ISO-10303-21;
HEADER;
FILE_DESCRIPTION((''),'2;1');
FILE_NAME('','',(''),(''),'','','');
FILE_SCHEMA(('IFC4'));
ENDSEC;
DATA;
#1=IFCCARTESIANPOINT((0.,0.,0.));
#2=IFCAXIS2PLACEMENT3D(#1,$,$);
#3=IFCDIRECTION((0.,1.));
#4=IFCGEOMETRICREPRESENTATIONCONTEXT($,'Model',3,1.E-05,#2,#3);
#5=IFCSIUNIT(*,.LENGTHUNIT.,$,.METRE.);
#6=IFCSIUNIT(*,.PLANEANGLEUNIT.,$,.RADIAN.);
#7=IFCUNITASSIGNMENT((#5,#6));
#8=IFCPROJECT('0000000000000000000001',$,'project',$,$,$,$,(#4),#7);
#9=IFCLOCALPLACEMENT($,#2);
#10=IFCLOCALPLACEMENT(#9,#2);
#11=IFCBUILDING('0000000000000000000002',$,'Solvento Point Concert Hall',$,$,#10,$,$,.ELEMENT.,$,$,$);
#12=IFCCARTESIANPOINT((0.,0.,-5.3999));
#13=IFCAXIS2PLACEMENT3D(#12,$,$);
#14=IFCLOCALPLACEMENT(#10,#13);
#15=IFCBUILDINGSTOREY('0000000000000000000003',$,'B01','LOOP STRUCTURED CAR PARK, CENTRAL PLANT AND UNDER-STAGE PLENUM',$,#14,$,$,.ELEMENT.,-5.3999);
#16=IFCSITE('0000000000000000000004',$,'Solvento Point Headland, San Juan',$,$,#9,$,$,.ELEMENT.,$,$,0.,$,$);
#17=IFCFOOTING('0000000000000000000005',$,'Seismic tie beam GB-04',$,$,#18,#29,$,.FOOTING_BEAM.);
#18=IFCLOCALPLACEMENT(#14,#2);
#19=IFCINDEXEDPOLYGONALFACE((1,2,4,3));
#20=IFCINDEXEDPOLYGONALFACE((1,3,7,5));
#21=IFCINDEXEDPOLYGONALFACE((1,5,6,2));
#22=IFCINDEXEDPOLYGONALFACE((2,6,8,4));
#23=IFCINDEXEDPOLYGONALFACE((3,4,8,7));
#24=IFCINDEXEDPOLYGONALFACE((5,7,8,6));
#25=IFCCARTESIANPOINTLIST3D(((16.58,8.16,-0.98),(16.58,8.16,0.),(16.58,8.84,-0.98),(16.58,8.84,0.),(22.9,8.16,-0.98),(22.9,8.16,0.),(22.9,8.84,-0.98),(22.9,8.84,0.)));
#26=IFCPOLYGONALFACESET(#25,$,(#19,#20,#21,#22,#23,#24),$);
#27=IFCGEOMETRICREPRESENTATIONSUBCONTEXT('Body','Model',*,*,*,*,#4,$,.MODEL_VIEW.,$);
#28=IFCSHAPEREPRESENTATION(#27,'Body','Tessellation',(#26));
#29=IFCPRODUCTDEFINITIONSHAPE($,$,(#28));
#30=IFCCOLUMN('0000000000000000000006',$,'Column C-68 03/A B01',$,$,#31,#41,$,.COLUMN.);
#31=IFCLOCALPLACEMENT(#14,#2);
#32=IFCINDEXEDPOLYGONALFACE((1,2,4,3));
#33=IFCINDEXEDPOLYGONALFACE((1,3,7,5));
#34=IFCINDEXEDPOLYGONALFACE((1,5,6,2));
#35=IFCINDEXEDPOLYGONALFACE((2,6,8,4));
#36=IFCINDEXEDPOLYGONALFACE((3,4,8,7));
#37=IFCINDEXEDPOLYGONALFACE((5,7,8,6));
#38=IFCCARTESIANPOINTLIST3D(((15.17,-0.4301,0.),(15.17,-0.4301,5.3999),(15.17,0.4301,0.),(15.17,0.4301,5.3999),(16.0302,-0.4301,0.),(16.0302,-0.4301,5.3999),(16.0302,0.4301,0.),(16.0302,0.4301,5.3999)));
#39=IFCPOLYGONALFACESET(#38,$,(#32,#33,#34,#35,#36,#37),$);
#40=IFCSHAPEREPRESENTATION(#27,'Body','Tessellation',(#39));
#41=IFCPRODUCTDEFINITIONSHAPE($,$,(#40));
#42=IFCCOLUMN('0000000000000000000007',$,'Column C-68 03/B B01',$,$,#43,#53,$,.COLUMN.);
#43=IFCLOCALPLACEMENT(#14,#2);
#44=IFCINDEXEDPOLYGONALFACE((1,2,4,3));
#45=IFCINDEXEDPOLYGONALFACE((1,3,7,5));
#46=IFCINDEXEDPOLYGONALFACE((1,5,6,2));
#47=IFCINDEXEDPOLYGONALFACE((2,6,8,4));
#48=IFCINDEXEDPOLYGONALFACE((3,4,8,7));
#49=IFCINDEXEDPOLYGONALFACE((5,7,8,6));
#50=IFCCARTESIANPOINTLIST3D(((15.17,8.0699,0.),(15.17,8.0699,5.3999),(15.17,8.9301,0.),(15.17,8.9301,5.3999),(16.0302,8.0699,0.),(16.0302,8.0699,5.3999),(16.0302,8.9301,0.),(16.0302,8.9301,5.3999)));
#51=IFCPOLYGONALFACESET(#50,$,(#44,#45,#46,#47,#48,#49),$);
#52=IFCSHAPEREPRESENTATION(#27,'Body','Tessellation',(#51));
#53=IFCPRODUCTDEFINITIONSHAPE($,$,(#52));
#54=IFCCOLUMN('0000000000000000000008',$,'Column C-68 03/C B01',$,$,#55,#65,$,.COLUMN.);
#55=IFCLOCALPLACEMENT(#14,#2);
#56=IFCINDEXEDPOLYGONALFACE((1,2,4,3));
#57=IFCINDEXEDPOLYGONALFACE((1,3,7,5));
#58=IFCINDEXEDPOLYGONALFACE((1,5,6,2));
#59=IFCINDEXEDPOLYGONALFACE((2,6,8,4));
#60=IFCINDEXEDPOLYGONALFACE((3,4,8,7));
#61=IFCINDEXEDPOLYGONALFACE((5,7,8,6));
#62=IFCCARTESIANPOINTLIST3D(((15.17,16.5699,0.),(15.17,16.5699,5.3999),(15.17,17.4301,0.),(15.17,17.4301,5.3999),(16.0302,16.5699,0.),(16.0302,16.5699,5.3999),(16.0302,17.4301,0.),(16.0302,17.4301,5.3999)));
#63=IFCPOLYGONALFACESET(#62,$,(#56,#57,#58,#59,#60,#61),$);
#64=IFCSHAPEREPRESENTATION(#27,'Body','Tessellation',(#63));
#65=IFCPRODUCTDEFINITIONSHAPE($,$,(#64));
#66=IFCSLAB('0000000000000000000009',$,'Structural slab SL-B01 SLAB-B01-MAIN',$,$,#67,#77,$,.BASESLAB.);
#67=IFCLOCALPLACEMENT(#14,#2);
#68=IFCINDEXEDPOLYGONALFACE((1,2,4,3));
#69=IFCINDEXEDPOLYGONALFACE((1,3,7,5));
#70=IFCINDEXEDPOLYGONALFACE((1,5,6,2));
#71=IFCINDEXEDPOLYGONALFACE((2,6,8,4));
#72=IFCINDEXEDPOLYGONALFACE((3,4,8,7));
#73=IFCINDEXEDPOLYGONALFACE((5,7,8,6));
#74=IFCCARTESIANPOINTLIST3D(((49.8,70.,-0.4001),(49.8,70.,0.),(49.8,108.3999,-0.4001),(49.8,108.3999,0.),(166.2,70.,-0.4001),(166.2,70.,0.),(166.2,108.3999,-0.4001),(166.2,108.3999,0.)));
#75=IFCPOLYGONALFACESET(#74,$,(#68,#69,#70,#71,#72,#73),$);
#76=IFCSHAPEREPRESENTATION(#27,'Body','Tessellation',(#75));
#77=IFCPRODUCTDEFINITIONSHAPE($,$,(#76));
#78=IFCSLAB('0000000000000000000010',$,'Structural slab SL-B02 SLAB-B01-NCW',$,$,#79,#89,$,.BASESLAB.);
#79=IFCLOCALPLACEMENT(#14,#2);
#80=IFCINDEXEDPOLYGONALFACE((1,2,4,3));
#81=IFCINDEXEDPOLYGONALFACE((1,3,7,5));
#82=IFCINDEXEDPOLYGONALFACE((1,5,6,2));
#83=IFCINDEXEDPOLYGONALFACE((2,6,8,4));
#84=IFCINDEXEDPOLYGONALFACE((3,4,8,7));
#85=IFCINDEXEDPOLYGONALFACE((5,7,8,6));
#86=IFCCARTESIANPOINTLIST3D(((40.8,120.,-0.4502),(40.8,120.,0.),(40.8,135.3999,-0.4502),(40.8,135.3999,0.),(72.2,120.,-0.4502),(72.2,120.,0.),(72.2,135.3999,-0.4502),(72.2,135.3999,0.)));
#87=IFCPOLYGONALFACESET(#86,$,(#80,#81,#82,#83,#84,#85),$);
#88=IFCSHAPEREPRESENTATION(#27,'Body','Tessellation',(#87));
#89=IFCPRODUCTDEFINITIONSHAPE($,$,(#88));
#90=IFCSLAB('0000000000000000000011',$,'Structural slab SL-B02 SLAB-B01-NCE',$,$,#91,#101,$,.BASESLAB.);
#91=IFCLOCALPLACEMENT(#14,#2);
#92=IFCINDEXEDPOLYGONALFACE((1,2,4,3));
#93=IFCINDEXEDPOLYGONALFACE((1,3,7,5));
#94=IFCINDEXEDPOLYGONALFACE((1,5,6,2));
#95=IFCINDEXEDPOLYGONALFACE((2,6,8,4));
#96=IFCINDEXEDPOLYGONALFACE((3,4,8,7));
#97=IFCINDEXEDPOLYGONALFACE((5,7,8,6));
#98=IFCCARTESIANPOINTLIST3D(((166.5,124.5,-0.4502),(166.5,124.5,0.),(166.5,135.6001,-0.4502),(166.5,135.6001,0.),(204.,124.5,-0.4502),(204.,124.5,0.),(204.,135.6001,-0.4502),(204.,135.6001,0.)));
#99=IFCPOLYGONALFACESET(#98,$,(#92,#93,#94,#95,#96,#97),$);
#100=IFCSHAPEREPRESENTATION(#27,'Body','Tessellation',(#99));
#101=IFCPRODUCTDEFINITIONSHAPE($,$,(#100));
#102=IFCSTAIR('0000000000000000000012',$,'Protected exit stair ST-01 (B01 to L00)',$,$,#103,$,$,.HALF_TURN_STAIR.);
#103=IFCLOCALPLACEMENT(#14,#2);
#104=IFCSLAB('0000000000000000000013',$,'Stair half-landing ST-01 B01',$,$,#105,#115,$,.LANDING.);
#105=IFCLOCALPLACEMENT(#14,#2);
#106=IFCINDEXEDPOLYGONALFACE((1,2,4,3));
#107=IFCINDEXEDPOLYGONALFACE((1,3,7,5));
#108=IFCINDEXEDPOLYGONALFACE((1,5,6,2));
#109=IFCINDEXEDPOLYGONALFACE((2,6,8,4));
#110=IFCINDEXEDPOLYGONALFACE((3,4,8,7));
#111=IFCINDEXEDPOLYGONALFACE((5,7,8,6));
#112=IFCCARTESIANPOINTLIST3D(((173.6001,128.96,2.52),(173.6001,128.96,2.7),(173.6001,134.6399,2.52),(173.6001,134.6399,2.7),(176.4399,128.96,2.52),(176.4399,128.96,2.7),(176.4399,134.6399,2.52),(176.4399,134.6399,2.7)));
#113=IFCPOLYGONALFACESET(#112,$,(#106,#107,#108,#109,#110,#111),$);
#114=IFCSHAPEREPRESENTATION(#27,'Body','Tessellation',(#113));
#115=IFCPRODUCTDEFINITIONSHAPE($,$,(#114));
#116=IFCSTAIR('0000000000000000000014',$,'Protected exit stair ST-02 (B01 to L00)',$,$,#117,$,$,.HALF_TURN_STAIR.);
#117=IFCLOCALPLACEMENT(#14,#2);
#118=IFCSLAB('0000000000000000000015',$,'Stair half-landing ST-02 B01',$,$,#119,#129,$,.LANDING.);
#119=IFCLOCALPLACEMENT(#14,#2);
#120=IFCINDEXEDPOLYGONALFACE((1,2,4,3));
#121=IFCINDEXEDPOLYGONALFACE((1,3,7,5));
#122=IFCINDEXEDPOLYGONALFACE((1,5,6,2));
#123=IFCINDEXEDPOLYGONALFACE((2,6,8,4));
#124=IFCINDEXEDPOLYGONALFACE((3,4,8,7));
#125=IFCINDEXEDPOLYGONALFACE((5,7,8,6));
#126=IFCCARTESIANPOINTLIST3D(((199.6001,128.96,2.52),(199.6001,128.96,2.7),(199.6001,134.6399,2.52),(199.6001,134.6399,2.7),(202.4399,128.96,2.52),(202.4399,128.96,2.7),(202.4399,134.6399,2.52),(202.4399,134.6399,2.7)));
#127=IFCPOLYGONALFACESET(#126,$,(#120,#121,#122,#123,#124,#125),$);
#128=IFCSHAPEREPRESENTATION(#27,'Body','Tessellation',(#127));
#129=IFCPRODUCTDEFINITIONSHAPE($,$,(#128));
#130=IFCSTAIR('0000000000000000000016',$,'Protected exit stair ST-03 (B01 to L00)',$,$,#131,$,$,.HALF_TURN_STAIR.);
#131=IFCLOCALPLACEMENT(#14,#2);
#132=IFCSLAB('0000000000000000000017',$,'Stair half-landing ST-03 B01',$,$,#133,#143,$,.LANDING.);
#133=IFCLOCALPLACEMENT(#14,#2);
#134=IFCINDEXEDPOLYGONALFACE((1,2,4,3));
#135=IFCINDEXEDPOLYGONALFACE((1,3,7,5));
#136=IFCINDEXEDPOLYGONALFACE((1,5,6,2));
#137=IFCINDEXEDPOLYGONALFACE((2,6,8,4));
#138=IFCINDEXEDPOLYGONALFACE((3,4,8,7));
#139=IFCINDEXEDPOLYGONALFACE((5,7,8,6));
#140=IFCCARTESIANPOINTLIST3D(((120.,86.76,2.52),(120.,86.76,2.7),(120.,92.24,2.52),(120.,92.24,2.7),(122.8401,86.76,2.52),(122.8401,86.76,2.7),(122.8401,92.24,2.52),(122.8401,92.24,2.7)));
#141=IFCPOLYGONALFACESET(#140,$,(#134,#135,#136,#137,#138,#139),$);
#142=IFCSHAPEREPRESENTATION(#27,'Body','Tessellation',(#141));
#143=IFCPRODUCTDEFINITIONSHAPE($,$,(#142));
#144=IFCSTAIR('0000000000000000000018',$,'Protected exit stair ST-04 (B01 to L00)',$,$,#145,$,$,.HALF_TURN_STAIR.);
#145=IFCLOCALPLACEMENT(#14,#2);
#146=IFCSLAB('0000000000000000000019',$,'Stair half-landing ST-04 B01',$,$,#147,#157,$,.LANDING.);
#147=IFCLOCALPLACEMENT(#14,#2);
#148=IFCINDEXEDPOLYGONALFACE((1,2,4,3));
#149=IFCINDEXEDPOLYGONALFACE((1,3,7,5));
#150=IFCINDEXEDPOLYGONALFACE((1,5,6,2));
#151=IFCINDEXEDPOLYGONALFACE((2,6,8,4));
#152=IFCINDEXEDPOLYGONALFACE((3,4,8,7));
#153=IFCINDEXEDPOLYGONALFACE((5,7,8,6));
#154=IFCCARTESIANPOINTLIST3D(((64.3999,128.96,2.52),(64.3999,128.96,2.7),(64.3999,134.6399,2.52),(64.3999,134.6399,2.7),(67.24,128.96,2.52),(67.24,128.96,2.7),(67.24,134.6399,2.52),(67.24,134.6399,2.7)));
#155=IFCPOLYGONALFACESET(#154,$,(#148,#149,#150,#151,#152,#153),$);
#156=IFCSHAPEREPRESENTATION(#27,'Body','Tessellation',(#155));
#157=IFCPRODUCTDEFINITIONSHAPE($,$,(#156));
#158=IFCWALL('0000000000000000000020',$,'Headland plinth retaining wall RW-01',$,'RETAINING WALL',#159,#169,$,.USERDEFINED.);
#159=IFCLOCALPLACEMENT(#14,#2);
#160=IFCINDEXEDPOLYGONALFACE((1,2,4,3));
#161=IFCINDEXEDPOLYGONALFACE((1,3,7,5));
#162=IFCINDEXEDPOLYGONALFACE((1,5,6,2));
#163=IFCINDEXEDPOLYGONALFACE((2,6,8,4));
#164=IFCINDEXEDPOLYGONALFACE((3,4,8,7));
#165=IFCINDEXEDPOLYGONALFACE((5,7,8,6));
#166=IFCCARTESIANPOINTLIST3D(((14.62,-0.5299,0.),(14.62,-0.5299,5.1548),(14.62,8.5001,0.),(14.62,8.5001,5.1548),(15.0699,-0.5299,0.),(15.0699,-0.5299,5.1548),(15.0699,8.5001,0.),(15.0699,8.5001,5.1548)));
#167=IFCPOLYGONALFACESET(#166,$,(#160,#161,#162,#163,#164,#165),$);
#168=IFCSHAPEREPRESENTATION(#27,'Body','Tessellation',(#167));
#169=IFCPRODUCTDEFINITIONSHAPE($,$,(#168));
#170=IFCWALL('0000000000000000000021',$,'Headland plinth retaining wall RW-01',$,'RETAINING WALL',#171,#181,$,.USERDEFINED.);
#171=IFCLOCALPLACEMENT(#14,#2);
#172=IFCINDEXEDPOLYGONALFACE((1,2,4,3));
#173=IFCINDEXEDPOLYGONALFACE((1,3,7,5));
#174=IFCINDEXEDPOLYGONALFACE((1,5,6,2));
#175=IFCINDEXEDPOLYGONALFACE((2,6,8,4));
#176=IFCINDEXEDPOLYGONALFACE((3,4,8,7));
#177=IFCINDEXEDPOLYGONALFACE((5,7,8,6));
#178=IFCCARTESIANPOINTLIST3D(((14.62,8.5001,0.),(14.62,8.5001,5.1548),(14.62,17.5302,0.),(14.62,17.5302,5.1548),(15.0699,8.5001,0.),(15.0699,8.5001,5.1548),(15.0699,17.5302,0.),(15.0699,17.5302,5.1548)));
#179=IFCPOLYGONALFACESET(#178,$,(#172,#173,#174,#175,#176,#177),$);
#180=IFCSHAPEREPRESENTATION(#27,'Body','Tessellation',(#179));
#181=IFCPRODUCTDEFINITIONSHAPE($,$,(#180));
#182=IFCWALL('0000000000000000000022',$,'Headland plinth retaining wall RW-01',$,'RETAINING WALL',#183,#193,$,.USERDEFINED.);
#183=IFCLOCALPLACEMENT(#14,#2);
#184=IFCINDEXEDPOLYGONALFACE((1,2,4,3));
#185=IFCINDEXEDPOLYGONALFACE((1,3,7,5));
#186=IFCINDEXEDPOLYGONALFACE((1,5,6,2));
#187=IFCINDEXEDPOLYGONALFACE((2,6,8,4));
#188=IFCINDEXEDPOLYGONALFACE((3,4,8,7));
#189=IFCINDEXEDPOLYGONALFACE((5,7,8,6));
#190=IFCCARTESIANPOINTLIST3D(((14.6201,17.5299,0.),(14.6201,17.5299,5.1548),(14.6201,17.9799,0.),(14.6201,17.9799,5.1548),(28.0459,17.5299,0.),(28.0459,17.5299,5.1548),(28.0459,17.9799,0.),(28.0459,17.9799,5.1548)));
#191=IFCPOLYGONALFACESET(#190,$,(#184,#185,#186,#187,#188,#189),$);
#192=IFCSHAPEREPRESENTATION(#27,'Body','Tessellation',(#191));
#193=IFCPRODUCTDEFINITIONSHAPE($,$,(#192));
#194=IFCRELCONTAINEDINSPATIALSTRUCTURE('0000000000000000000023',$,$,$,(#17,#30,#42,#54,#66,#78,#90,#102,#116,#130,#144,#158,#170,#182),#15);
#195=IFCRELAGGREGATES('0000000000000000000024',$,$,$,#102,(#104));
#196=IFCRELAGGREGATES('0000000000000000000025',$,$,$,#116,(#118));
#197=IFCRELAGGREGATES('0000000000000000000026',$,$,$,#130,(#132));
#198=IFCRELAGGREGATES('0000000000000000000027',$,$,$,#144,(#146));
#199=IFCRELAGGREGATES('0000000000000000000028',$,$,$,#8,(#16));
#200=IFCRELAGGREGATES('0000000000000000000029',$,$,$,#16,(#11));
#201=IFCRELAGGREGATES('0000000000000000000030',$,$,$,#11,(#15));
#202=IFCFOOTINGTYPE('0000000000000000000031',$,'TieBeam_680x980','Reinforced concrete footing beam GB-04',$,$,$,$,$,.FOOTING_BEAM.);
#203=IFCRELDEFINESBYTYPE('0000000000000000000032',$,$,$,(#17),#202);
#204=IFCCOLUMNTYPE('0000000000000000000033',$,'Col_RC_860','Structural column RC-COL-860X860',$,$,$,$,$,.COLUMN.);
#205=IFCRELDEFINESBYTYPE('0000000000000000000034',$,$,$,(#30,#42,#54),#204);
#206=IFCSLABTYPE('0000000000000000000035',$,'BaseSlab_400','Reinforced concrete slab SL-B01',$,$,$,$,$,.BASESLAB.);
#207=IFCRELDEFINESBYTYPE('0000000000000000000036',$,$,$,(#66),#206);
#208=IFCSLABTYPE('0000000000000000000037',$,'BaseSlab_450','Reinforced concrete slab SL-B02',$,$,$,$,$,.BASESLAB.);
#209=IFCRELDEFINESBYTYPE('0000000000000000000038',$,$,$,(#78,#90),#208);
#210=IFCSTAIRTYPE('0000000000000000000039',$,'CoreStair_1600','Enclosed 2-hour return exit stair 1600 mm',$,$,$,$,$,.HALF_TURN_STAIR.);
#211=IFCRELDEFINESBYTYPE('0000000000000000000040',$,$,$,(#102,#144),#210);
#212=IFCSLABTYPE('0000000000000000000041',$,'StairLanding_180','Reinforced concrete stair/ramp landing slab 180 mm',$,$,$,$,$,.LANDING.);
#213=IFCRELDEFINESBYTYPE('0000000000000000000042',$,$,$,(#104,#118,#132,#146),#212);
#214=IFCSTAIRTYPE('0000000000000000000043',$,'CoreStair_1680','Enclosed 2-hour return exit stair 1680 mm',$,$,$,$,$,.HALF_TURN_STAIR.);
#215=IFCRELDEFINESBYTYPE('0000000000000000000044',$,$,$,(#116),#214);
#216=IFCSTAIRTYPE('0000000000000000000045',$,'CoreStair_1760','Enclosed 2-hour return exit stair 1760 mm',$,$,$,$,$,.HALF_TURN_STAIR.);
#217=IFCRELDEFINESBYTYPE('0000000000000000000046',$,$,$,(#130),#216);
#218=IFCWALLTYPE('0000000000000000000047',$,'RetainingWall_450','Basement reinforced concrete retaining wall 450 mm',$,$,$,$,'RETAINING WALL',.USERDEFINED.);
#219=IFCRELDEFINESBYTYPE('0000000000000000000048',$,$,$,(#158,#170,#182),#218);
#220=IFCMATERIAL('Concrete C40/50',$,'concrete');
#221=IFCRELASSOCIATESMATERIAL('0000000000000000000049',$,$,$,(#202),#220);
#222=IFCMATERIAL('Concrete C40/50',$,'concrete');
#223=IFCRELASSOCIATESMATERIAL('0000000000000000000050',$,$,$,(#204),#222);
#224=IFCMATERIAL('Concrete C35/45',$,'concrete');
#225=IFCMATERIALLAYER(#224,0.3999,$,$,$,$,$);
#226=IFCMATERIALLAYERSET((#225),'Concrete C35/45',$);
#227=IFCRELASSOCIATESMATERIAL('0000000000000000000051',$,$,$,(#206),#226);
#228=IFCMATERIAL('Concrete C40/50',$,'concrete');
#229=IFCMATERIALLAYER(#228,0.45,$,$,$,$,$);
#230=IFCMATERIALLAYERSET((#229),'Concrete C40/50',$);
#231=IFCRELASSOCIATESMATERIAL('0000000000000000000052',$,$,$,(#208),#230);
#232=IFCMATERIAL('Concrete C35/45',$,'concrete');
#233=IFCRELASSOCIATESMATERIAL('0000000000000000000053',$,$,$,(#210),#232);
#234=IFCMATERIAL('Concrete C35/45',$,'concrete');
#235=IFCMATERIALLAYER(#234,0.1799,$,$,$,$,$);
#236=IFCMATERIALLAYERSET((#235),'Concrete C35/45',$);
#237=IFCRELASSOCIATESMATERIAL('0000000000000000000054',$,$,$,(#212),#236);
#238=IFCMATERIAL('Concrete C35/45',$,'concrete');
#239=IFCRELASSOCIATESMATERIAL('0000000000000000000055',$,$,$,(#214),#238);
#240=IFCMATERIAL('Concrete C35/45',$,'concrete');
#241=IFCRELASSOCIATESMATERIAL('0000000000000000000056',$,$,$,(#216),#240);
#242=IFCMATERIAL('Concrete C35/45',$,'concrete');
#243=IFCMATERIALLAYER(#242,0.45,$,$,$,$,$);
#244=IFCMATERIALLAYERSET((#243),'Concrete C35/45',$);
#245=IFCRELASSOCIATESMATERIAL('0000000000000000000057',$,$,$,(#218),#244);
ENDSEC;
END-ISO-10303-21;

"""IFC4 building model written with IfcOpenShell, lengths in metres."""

from ifc_helpers import new_model, si_unit, direction, frame, frame_2d, origin, origin_2d, place, context, subcontext, project, spatial, polyline, rectangle, outline, extrude, material, layer, layer_set, material_profile, profile_set, type_object, element, aggregate, save


model = new_model("IFC4")

# Units and contexts
model_context = context("Model", 3, precision=1e-05, world=origin(), true_north=direction((0.0, 1.0)))
body_context = subcontext(model_context, "Body", "Model", "MODEL_VIEW")
ifc_project = project(units=[si_unit("LENGTHUNIT", "METRE"), si_unit("PLANEANGLEUNIT", "RADIAN")], contexts=[model_context])

# Site, building, storey
site_placement = place(None, origin())
site = spatial("IfcSite", under=ifc_project, at=site_placement, Name="Solvento Point Headland, San Juan", CompositionType="ELEMENT", RefElevation=0.0)
building_placement = place(site_placement, origin())
building = spatial("IfcBuilding", under=site, at=building_placement, Name="Solvento Point Concert Hall", CompositionType="ELEMENT")
storey_placement = place(building_placement, frame((0.0, 0.0, -5.3999)))
storey = spatial("IfcBuildingStorey", under=building, at=storey_placement, Name="B01", Description="LOOP STRUCTURED CAR PARK, CENTRAL PLANT AND UNDER-STAGE PLENUM", CompositionType="ELEMENT", Elevation=-5.3999)

# Footing
ifc_material_1 = material(Name="Concrete C40/50", Category="concrete")
footing_type_1 = type_object("IfcFootingType", Name="TieBeam_680x980", Description="Reinforced concrete footing beam GB-04", PredefinedType="FOOTING_BEAM", material=ifc_material_1)
footing_1_placement = place(storey_placement, frame((19.74, 8.5, -0.98), z_axis=(0.0, 0.0, 1.0), x_axis=(1.0, 0.0, 0.0)))
element("IfcFooting", 1, at=footing_1_placement, inside=storey, type_object=footing_type_1, Name="Seismic tie beam GB-04", PredefinedType="FOOTING_BEAM", context=body_context, shape_type="SweptSolid", body=[
    extrude(rectangle(XDim=6.3201, YDim=0.6799, at=origin_2d()), origin(), (0.0, 0.0, 1.0), 0.98),
])

# Columns
ifc_material_2 = material(Name="Concrete C40/50", Category="concrete")
ifc_material_profile_1 = material_profile(ifc_material_2, rectangle(XDim=0.8601, YDim=0.8601, at=origin_2d()), Name="RC-COL-860X860")
ifc_profile_set_1 = profile_set([ifc_material_profile_1], Name="Concrete C40/50")
column_type = type_object("IfcColumnType", Name="Col_RC_860", Description="Structural column RC-COL-860X860", PredefinedType="COLUMN", material=ifc_profile_set_1)
for number, where, z_axis, x_axis, name in (
    (2, (15.6001, 0.0, 0.0), (0.0, 0.0, 1.0), (1.0, 0.0, 0.0), "Column C-68 03/A B01"),
    (3, (15.6001, 8.5, 0.0), (0.0, 0.0, 1.0), (1.0, 0.0, 0.0), "Column C-68 03/B B01"),
    (4, (15.6001, 17.0, 0.0), (0.0, 0.0, 1.0), (1.0, 0.0, 0.0), "Column C-68 03/C B01"),
):
    element("IfcColumn", number, at=place(storey_placement, frame(where, z_axis=z_axis, x_axis=x_axis)), inside=storey, type_object=column_type, Name=name, PredefinedType="COLUMN", context=body_context, shape_type="SweptSolid", body=[
        extrude(rectangle(XDim=0.8601, YDim=0.8601, at=origin_2d()), origin(), (0.0, 0.0, 1.0), 5.3999),
    ])

# Slabs
ifc_material_3 = material(Name="Concrete C35/45", Category="concrete")
ifc_layer_1 = layer(ifc_material_3, 0.3999)
ifc_layer_set_1 = layer_set([ifc_layer_1], Name="Concrete C35/45")
slab_type_1 = type_object("IfcSlabType", Name="BaseSlab_400", Description="Reinforced concrete slab SL-B01", PredefinedType="BASESLAB", material=ifc_layer_set_1)
slab_1_placement = place(storey_placement, frame((0.0, 0.0, -0.4001)))
element("IfcSlab", 5, at=slab_1_placement, inside=storey, type_object=slab_type_1, Name="Structural slab SL-B01 SLAB-B01-MAIN", PredefinedType="BASESLAB", context=body_context, shape_type="SweptSolid", body=[
    extrude(outline(polyline([(49.8, 70.0), (49.8, 108.3999), (166.2, 108.3999), (166.2, 70.0), (49.8, 70.0)])), origin(), (0.0, 0.0, 1.0), 0.4001),
])
ifc_material_4 = material(Name="Concrete C40/50", Category="concrete")
ifc_layer_2 = layer(ifc_material_4, 0.45)
ifc_layer_set_2 = layer_set([ifc_layer_2], Name="Concrete C40/50")
slab_type_2 = type_object("IfcSlabType", Name="BaseSlab_450", Description="Reinforced concrete slab SL-B02", PredefinedType="BASESLAB", material=ifc_layer_set_2)
slab_2_placement = place(storey_placement, frame((0.0, 0.0, -0.4502)))
element("IfcSlab", 6, at=slab_2_placement, inside=storey, type_object=slab_type_2, Name="Structural slab SL-B02 SLAB-B01-NCW", PredefinedType="BASESLAB", context=body_context, shape_type="SweptSolid", body=[
    extrude(outline(polyline([(40.8, 120.0), (40.8, 135.3999), (72.2, 135.3999), (72.2, 120.0), (40.8, 120.0)])), origin(), (0.0, 0.0, 1.0), 0.4502),
])
slab_3_placement = place(storey_placement, frame((0.0, 0.0, -0.4502)))
element("IfcSlab", 7, at=slab_3_placement, inside=storey, type_object=slab_type_2, Name="Structural slab SL-B02 SLAB-B01-NCE", PredefinedType="BASESLAB", context=body_context, shape_type="SweptSolid", body=[
    extrude(outline(polyline([(166.5, 124.5), (166.5, 135.6001), (204.0, 135.6001), (204.0, 124.5), (166.5, 124.5)])), origin(), (0.0, 0.0, 1.0), 0.4502),
])

# Stairs, slabs
ifc_material_5 = material(Name="Concrete C35/45", Category="concrete")
stair_type_1 = type_object("IfcStairType", Name="CoreStair_1600", Description="Enclosed 2-hour return exit stair 1600 mm", PredefinedType="HALF_TURN_STAIR", material=ifc_material_5)
stair_1_placement = place(storey_placement, origin())
stair_1 = element("IfcStair", 8, at=stair_1_placement, inside=storey, type_object=stair_type_1, Name="Protected exit stair ST-01 (B01 to L00)", PredefinedType="HALF_TURN_STAIR")
ifc_material_6 = material(Name="Concrete C35/45", Category="concrete")
ifc_layer_3 = layer(ifc_material_6, 0.1799)
ifc_layer_set_3 = layer_set([ifc_layer_3], Name="Concrete C35/45")
slab_type_3 = type_object("IfcSlabType", Name="StairLanding_180", Description="Reinforced concrete stair/ramp landing slab 180 mm", PredefinedType="LANDING", material=ifc_layer_set_3)
slab_4_placement = place(storey_placement, frame((0.0, 0.0, 2.52)))
slab_4 = element("IfcSlab", 9, at=slab_4_placement, type_object=slab_type_3, Name="Stair half-landing ST-01 B01", PredefinedType="LANDING", context=body_context, shape_type="SweptSolid", body=[
    extrude(outline(polyline([(173.6001, 128.96), (176.4399, 128.96), (176.4399, 134.6399), (173.6001, 134.6399), (173.6001, 128.96)])), origin(), (0.0, 0.0, 1.0), 0.1799),
])
aggregate(stair_1, [slab_4])
ifc_material_7 = material(Name="Concrete C35/45", Category="concrete")
stair_type_2 = type_object("IfcStairType", Name="CoreStair_1680", Description="Enclosed 2-hour return exit stair 1680 mm", PredefinedType="HALF_TURN_STAIR", material=ifc_material_7)
stair_2_placement = place(storey_placement, origin())
stair_2 = element("IfcStair", 10, at=stair_2_placement, inside=storey, type_object=stair_type_2, Name="Protected exit stair ST-02 (B01 to L00)", PredefinedType="HALF_TURN_STAIR")
slab_5_placement = place(storey_placement, frame((0.0, 0.0, 2.52)))
slab_5 = element("IfcSlab", 11, at=slab_5_placement, type_object=slab_type_3, Name="Stair half-landing ST-02 B01", PredefinedType="LANDING", context=body_context, shape_type="SweptSolid", body=[
    extrude(outline(polyline([(199.6001, 128.96), (202.4399, 128.96), (202.4399, 134.6399), (199.6001, 134.6399), (199.6001, 128.96)])), origin(), (0.0, 0.0, 1.0), 0.1799),
])
aggregate(stair_2, [slab_5])
ifc_material_8 = material(Name="Concrete C35/45", Category="concrete")
stair_type_3 = type_object("IfcStairType", Name="CoreStair_1760", Description="Enclosed 2-hour return exit stair 1760 mm", PredefinedType="HALF_TURN_STAIR", material=ifc_material_8)
stair_3_placement = place(storey_placement, origin())
stair_3 = element("IfcStair", 12, at=stair_3_placement, inside=storey, type_object=stair_type_3, Name="Protected exit stair ST-03 (B01 to L00)", PredefinedType="HALF_TURN_STAIR")
slab_6_placement = place(storey_placement, frame((0.0, 0.0, 2.52)))
slab_6 = element("IfcSlab", 13, at=slab_6_placement, type_object=slab_type_3, Name="Stair half-landing ST-03 B01", PredefinedType="LANDING", context=body_context, shape_type="SweptSolid", body=[
    extrude(outline(polyline([(120.0, 86.76), (122.8401, 86.76), (122.8401, 92.24), (120.0, 92.24), (120.0, 86.76)])), origin(), (0.0, 0.0, 1.0), 0.1799),
])
aggregate(stair_3, [slab_6])
stair_4_placement = place(storey_placement, origin())
stair_4 = element("IfcStair", 14, at=stair_4_placement, inside=storey, type_object=stair_type_1, Name="Protected exit stair ST-04 (B01 to L00)", PredefinedType="HALF_TURN_STAIR")
slab_7_placement = place(storey_placement, frame((0.0, 0.0, 2.52)))
slab_7 = element("IfcSlab", 15, at=slab_7_placement, type_object=slab_type_3, Name="Stair half-landing ST-04 B01", PredefinedType="LANDING", context=body_context, shape_type="SweptSolid", body=[
    extrude(outline(polyline([(64.3999, 128.96), (67.24, 128.96), (67.24, 134.6399), (64.3999, 134.6399), (64.3999, 128.96)])), origin(), (0.0, 0.0, 1.0), 0.1799),
])
aggregate(stair_4, [slab_7])

# Walls
ifc_material_9 = material(Name="Concrete C35/45", Category="concrete")
ifc_layer_4 = layer(ifc_material_9, 0.45)
ifc_layer_set_4 = layer_set([ifc_layer_4], Name="Concrete C35/45")
wall_type = type_object("IfcWallType", Name="RetainingWall_450", Description="Basement reinforced concrete retaining wall 450 mm", ElementType="RETAINING WALL", PredefinedType="USERDEFINED", material=ifc_layer_set_4)
for number, where, z_axis, x_axis, name in (
    (16, (14.845, -0.53, 0.0), (0.0, 0.0, 1.0), (0.0, 1.0, 0.0), "Headland plinth retaining wall RW-01"),
    (17, (14.845, 8.5, 0.0), (0.0, 0.0, 1.0), (0.0, 1.0, 0.0), "Headland plinth retaining wall RW-01"),
):
    element("IfcWall", number, at=place(storey_placement, frame(where, z_axis=z_axis, x_axis=x_axis)), inside=storey, type_object=wall_type, Name=name, ObjectType="RETAINING WALL", PredefinedType="USERDEFINED", context=body_context, shape_type="SweptSolid", body=[
        extrude(rectangle(XDim=9.03, YDim=0.45, at=frame_2d((4.5151, 0.0))), origin(), (0.0, 0.0, 1.0), 5.1548),
    ])
wall_placement = place(storey_placement, frame((14.6201, 17.7549, 0.0), z_axis=(0.0, 0.0, 1.0), x_axis=(1.0, 0.0, 0.0)))
element("IfcWall", 18, at=wall_placement, inside=storey, type_object=wall_type, Name="Headland plinth retaining wall RW-01", ObjectType="RETAINING WALL", PredefinedType="USERDEFINED", context=body_context, shape_type="SweptSolid", body=[
    extrude(rectangle(XDim=13.4258, YDim=0.45, at=frame_2d((6.7129, 0.0))), origin(), (0.0, 0.0, 1.0), 5.1548),
])

save(model, "model.ifc")
